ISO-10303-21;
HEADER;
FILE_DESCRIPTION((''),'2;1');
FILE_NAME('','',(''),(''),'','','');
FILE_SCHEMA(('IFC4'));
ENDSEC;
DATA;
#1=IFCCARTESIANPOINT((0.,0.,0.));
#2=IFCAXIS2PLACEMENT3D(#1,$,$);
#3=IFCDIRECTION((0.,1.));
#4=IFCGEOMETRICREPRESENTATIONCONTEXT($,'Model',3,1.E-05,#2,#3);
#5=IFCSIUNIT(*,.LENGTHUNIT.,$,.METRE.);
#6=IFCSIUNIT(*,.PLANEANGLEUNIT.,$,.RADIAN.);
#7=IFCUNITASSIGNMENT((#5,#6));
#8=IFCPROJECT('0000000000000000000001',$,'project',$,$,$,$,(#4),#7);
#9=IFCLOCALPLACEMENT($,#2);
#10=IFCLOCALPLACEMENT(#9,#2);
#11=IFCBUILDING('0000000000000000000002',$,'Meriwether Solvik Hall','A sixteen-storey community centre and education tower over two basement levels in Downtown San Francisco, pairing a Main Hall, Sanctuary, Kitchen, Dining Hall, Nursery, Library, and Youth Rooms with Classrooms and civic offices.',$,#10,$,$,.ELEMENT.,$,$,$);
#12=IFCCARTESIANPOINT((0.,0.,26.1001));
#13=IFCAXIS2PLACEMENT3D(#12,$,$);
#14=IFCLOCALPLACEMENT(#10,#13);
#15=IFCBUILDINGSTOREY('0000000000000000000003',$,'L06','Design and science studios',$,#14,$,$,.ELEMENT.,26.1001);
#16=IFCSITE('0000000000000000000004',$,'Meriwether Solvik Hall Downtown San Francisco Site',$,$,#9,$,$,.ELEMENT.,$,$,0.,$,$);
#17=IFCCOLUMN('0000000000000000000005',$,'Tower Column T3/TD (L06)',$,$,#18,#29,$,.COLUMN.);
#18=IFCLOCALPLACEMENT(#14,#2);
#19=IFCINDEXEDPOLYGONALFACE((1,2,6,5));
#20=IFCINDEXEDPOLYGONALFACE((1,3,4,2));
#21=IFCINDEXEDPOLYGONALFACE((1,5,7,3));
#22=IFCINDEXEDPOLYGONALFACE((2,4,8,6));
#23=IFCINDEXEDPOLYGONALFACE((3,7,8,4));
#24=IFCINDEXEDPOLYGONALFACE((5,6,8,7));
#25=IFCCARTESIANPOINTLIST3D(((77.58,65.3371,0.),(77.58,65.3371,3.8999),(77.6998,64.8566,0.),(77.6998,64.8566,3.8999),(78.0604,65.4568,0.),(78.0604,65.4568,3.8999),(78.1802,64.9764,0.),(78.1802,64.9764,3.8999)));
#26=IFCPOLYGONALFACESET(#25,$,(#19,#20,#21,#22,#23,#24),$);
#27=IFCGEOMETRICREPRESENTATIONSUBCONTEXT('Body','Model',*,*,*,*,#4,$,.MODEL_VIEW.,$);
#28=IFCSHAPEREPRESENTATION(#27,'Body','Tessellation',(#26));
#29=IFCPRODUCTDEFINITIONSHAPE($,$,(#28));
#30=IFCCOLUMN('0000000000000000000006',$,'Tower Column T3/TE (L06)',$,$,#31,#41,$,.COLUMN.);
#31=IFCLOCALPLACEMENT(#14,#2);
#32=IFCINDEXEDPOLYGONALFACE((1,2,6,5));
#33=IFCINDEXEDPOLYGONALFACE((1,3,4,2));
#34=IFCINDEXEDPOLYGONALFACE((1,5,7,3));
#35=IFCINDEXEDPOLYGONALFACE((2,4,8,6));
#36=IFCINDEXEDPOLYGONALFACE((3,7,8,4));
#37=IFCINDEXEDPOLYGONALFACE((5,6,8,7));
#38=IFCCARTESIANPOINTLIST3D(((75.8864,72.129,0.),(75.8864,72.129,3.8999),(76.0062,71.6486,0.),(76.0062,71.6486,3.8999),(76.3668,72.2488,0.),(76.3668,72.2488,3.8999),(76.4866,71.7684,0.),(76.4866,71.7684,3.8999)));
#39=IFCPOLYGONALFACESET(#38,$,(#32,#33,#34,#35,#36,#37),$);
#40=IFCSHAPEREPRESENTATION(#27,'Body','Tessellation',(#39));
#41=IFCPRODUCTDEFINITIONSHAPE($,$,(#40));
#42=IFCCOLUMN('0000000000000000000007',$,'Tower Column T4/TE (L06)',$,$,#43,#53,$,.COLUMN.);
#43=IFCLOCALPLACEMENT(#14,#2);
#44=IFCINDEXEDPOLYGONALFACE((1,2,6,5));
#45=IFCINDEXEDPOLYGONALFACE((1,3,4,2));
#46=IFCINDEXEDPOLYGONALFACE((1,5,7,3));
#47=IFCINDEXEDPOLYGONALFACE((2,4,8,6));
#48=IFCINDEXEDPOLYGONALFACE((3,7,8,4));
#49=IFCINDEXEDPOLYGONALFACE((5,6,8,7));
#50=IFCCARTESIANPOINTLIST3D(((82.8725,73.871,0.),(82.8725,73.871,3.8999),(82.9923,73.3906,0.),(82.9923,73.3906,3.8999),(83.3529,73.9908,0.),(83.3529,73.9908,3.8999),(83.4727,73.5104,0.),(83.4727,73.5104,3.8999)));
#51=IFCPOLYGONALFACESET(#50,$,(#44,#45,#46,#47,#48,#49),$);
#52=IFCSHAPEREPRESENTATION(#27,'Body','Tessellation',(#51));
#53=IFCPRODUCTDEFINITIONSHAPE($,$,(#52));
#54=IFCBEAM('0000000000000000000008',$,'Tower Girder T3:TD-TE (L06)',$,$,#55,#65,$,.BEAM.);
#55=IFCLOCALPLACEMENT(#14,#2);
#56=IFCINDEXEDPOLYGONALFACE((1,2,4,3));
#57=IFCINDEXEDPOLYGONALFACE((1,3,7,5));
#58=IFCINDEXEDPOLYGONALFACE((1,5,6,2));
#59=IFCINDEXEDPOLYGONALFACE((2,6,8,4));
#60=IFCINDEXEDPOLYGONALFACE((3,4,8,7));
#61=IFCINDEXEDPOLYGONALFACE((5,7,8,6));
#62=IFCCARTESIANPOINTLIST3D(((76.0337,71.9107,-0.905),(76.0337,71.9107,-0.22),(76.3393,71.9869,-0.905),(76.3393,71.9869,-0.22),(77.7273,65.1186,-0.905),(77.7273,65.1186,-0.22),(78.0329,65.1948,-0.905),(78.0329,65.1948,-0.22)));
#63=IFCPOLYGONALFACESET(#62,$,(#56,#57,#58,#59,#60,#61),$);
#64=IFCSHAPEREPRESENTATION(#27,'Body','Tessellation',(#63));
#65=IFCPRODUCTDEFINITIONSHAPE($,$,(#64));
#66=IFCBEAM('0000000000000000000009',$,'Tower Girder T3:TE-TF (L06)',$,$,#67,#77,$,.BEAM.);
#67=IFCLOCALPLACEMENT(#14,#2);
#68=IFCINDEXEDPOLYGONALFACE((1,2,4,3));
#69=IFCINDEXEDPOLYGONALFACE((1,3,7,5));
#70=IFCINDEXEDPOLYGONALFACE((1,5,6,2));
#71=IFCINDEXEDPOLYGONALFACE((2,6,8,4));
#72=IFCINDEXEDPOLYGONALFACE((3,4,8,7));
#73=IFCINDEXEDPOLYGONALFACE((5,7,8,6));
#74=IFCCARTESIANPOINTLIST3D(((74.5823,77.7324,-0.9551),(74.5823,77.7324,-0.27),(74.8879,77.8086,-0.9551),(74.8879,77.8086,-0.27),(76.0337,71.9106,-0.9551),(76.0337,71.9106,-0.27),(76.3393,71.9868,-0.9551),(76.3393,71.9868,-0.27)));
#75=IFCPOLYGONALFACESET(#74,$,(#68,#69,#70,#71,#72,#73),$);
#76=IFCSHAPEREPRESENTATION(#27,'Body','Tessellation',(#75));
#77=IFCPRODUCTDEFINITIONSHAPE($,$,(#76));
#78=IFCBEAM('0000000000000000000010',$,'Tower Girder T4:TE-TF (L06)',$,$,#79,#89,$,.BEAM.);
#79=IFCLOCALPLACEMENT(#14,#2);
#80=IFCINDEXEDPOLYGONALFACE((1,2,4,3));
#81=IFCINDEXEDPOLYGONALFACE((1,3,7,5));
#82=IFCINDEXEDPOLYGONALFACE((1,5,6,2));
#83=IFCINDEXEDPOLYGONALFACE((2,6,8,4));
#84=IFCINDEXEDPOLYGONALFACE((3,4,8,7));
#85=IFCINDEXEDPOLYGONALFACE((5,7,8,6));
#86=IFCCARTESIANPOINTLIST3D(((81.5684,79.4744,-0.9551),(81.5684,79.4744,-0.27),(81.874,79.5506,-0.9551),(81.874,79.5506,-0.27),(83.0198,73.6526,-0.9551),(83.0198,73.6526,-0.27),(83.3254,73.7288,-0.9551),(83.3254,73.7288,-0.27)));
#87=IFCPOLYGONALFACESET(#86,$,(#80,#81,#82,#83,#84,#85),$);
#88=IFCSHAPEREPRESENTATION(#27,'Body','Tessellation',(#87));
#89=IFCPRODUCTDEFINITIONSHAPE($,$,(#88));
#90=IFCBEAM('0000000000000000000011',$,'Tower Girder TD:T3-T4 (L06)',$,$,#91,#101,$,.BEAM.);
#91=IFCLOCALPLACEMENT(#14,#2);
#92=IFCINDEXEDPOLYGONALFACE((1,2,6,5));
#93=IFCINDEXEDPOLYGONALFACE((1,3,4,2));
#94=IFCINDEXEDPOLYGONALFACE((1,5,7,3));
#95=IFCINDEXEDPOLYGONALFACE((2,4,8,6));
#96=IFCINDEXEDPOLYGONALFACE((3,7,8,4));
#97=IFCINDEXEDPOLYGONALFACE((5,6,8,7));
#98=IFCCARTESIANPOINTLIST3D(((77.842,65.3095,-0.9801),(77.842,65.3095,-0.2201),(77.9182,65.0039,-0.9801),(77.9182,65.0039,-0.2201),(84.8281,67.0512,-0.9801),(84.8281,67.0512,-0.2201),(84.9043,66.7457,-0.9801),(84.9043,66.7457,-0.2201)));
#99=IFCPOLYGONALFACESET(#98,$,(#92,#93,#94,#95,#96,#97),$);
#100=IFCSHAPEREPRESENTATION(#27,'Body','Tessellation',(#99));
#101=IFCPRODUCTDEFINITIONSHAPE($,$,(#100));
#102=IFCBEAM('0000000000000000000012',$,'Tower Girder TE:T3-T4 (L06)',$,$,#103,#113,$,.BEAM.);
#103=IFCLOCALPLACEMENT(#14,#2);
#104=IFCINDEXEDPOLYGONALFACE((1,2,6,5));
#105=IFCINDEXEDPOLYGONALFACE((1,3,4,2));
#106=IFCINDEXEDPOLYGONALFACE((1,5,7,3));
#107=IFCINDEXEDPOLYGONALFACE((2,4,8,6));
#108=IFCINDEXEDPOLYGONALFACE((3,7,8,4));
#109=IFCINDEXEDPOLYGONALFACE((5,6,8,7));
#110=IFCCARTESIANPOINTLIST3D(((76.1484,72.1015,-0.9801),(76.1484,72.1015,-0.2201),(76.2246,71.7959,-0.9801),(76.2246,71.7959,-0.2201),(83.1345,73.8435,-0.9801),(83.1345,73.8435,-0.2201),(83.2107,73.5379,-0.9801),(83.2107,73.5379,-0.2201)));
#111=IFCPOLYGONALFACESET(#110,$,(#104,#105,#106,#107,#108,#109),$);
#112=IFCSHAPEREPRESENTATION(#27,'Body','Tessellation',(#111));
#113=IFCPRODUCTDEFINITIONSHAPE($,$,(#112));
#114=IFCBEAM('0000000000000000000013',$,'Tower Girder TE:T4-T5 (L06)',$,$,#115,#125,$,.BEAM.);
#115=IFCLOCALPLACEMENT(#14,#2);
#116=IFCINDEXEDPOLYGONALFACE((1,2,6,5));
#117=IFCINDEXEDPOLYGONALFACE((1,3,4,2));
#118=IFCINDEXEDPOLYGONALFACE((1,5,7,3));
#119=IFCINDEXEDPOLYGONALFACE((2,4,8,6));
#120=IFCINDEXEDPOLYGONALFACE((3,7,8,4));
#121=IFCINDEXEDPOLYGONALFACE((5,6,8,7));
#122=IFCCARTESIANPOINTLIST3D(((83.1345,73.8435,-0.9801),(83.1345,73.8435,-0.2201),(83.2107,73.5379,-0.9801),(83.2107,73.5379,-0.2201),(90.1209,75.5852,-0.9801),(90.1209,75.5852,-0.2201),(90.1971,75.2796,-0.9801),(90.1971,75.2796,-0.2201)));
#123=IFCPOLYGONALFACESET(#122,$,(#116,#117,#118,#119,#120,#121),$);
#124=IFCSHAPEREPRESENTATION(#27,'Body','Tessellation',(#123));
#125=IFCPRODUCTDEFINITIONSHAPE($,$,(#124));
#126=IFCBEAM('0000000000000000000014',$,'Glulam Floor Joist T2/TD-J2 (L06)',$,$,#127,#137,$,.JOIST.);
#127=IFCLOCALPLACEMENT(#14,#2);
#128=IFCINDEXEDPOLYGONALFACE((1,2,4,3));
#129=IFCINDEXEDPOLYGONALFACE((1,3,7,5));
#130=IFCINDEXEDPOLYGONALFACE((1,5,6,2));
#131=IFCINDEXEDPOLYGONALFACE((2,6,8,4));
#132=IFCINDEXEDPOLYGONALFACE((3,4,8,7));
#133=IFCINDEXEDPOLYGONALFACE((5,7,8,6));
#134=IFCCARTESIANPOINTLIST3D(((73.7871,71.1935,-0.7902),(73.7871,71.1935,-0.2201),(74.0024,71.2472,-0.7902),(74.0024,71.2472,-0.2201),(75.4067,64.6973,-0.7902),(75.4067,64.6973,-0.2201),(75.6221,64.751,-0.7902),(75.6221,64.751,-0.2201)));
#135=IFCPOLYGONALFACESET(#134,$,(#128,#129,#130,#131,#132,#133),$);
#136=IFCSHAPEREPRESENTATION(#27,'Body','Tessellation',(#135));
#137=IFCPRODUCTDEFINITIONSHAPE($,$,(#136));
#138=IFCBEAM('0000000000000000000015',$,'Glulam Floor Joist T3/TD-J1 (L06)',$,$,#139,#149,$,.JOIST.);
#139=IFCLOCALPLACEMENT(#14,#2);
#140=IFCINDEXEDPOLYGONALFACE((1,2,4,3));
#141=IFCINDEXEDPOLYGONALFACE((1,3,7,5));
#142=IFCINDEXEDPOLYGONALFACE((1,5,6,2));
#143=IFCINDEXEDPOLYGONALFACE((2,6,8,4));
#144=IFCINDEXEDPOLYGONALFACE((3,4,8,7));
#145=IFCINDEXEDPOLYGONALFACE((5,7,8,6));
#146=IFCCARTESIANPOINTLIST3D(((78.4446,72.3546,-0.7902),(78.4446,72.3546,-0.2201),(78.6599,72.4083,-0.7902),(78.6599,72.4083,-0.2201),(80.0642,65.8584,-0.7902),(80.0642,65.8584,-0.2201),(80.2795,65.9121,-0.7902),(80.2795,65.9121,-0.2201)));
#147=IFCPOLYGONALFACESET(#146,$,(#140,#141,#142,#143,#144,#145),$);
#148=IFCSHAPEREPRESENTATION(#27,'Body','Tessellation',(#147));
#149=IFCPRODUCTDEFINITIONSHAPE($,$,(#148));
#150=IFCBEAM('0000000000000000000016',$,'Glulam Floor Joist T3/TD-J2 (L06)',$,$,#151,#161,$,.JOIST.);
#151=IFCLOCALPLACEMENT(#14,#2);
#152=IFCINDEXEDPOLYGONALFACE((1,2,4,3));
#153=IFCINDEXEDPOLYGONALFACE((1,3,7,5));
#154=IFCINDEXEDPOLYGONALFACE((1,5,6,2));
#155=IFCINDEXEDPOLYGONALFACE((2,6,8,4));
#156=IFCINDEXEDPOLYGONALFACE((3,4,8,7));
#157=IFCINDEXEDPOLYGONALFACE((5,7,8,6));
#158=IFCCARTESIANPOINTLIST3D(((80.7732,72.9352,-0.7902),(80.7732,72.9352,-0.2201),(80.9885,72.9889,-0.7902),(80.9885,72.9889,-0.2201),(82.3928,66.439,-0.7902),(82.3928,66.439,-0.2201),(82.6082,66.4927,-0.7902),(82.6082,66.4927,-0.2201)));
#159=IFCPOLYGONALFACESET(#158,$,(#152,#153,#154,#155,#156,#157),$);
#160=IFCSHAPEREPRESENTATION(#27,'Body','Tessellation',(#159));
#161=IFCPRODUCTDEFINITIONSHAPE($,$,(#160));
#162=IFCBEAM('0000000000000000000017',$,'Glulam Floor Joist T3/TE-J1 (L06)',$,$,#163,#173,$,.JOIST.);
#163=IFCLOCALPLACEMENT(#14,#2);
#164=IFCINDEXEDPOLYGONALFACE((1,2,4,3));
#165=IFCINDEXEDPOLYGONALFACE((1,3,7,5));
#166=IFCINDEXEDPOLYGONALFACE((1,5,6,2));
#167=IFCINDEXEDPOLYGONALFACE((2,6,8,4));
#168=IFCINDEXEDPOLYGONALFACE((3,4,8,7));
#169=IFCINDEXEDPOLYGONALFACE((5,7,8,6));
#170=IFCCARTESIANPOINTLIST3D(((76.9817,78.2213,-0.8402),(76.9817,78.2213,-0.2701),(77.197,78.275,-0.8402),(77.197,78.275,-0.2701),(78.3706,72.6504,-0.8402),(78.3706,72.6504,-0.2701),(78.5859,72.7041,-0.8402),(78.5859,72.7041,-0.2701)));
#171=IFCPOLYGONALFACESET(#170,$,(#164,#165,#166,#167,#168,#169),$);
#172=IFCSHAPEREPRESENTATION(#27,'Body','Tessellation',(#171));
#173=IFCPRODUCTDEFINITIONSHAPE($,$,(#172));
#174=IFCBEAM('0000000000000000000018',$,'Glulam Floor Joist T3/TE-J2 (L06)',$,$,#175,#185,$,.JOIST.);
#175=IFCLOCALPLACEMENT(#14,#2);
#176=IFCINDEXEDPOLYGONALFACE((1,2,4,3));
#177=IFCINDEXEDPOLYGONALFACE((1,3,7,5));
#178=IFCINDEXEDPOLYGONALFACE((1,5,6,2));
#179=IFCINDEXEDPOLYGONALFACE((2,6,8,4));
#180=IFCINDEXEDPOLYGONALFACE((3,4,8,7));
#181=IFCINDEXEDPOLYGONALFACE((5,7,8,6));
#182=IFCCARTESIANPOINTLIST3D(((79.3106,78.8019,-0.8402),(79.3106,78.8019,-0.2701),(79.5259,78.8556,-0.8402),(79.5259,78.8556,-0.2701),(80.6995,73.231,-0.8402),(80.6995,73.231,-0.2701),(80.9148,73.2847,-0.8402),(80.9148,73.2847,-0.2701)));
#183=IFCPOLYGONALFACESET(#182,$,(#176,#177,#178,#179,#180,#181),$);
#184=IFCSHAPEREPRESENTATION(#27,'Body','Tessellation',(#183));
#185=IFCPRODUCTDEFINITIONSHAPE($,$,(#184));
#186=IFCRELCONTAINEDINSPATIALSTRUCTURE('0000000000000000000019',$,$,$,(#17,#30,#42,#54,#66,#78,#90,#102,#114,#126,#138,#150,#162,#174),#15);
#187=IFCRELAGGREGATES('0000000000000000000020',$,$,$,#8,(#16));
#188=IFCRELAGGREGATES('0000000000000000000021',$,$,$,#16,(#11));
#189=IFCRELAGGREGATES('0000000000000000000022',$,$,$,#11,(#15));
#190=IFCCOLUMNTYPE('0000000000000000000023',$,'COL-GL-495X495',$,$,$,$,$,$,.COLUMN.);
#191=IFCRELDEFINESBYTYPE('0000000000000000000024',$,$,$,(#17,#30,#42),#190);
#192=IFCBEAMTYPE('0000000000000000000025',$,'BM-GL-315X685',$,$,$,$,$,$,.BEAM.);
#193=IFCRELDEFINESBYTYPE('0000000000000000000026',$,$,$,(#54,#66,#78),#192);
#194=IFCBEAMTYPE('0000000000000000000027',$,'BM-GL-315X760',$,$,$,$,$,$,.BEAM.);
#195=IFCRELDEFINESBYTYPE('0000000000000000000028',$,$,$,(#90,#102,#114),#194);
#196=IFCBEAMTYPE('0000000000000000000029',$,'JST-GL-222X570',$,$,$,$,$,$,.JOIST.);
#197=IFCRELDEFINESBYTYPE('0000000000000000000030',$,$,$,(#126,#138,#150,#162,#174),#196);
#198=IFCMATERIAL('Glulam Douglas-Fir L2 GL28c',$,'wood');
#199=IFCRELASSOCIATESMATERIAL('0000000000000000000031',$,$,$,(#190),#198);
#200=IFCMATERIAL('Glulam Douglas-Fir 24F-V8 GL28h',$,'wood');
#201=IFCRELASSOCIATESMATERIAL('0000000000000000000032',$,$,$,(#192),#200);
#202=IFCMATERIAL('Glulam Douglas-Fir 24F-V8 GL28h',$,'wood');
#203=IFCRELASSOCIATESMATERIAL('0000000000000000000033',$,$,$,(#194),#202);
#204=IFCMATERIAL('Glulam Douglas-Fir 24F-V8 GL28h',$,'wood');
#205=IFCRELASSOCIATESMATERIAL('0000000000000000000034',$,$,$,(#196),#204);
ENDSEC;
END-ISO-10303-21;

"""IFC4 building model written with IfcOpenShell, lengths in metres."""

from ifc_helpers import new_model, si_unit, direction, frame, origin, origin_2d, place, context, subcontext, project, spatial, rectangle, extrude, material, material_profile, profile_set, type_object, element, save


model = new_model("IFC4")

# Units and contexts
model_context = context("Model", 3, precision=1e-05, world=origin(), true_north=direction((0.0, 1.0)))
body_context = subcontext(model_context, "Body", "Model", "MODEL_VIEW")
ifc_project = project(units=[si_unit("LENGTHUNIT", "METRE"), si_unit("PLANEANGLEUNIT", "RADIAN")], contexts=[model_context])

# Site, building, storey
site_placement = place(None, origin())
site = spatial("IfcSite", under=ifc_project, at=site_placement, Name="Meriwether Solvik Hall Downtown San Francisco Site", CompositionType="ELEMENT", RefElevation=0.0)
building_placement = place(site_placement, origin())
building = spatial("IfcBuilding", under=site, at=building_placement, Name="Meriwether Solvik Hall", Description="A sixteen-storey community centre and education tower over two basement levels in Downtown San Francisco, pairing a Main Hall, Sanctuary, Kitchen, Dining Hall, Nursery, Library, and Youth Rooms with Classrooms and civic offices.", CompositionType="ELEMENT")
storey_placement = place(building_placement, frame((0.0, 0.0, 26.1001)))
storey = spatial("IfcBuildingStorey", under=building, at=storey_placement, Name="L06", Description="Design and science studios", CompositionType="ELEMENT", Elevation=26.1001)

# Columns
ifc_material_1 = material(Name="Glulam Douglas-Fir L2 GL28c", Category="wood")
ifc_material_profile_1 = material_profile(ifc_material_1, rectangle(XDim=0.4951, YDim=0.4951, at=origin_2d()), Name="GLC-495X495")
ifc_profile_set_1 = profile_set([ifc_material_profile_1], Name="Glulam Douglas-Fir L2 GL28c")
column_type = type_object("IfcColumnType", Name="COL-GL-495X495", PredefinedType="COLUMN", material=ifc_profile_set_1)
for number, where, z_axis, x_axis, name in (
    (1, (77.8801, 65.1567, 0.0), (0.0, 0.0, 1.0), (0.970296, 0.241922, 0.0), "Tower Column T3/TD (L06)"),
    (2, (76.1865, 71.9487, 0.0), (0.0, 0.0, 1.0), (0.970296, 0.241922, 0.0), "Tower Column T3/TE (L06)"),
    (3, (83.1726, 73.6907, 0.0), (0.0, 0.0, 1.0), (0.970296, 0.241922, 0.0), "Tower Column T4/TE (L06)"),
):
    element("IfcColumn", number, at=place(storey_placement, frame(where, z_axis=z_axis, x_axis=x_axis)), inside=storey, type_object=column_type, Name=name, PredefinedType="COLUMN", context=body_context, shape_type="SweptSolid", body=[
        extrude(rectangle(XDim=0.4951, YDim=0.4951, at=origin_2d()), origin(), (0.0, 0.0, 1.0), 3.8999),
    ])

# Beams
ifc_material_2 = material(Name="Glulam Douglas-Fir 24F-V8 GL28h", Category="wood")
ifc_material_profile_2 = material_profile(ifc_material_2, rectangle(XDim=0.3149, YDim=0.6851, at=origin_2d()), Name="GLB-315X685")
ifc_profile_set_2 = profile_set([ifc_material_profile_2], Name="Glulam Douglas-Fir 24F-V8 GL28h")
beam_type_1 = type_object("IfcBeamType", Name="BM-GL-315X685", PredefinedType="BEAM", material=ifc_profile_set_2)
beam_1_placement = place(storey_placement, frame((77.8801, 65.1567, -0.5625), z_axis=(-0.241945, 0.97029, 0.0), x_axis=(-0.97029, -0.241945, 0.0)))
element("IfcBeam", 4, at=beam_1_placement, inside=storey, type_object=beam_type_1, Name="Tower Girder T3:TD-TE (L06)", PredefinedType="BEAM", context=body_context, shape_type="SweptSolid", body=[
    extrude(rectangle(XDim=0.3149, YDim=0.6851, at=origin_2d()), origin(), (0.0, 0.0, 1.0), 7.0),
])
for number, where, z_axis, x_axis, name in (
    (5, (76.1865, 71.9487, -0.6125), (-0.241904, 0.9703, 0.0), (-0.9703, -0.241904, 0.0), "Tower Girder T3:TE-TF (L06)"),
    (6, (83.1726, 73.6907, -0.6125), (-0.241904, 0.9703, 0.0), (-0.9703, -0.241904, 0.0), "Tower Girder T4:TE-TF (L06)"),
):
    element("IfcBeam", number, at=place(storey_placement, frame(where, z_axis=z_axis, x_axis=x_axis)), inside=storey, type_object=beam_type_1, Name=name, PredefinedType="BEAM", context=body_context, shape_type="SweptSolid", body=[
        extrude(rectangle(XDim=0.3149, YDim=0.6851, at=origin_2d()), origin(), (0.0, 0.0, 1.0), 6.0),
    ])
ifc_material_3 = material(Name="Glulam Douglas-Fir 24F-V8 GL28h", Category="wood")
ifc_material_profile_3 = material_profile(ifc_material_3, rectangle(XDim=0.3149, YDim=0.76, at=origin_2d()), Name="GLB-315X760")
ifc_profile_set_3 = profile_set([ifc_material_profile_3], Name="Glulam Douglas-Fir 24F-V8 GL28h")
beam_type_2 = type_object("IfcBeamType", Name="BM-GL-315X760", PredefinedType="BEAM", material=ifc_profile_set_3)
for number, where, z_axis, x_axis, name in (
    (7, (77.8801, 65.1567, -0.6001), (0.9703, 0.241905, 0.0), (-0.241905, 0.9703, 0.0), "Tower Girder TD:T3-T4 (L06)"),
    (8, (76.1865, 71.9487, -0.6001), (0.970292, 0.241937, 0.0), (-0.241937, 0.970292, 0.0), "Tower Girder TE:T3-T4 (L06)"),
):
    element("IfcBeam", number, at=place(storey_placement, frame(where, z_axis=z_axis, x_axis=x_axis)), inside=storey, type_object=beam_type_2, Name=name, PredefinedType="BEAM", context=body_context, shape_type="SweptSolid", body=[
        extrude(rectangle(XDim=0.3149, YDim=0.76, at=origin_2d()), origin(), (0.0, 0.0, 1.0), 7.2),
    ])
beam_2_placement = place(storey_placement, frame((83.1726, 73.6907, -0.6001), z_axis=(0.970302, 0.241897, 0.0), x_axis=(-0.241897, 0.970302, 0.0)))
element("IfcBeam", 9, at=beam_2_placement, inside=storey, type_object=beam_type_2, Name="Tower Girder TE:T4-T5 (L06)", PredefinedType="BEAM", context=body_context, shape_type="SweptSolid", body=[
    extrude(rectangle(XDim=0.3149, YDim=0.76, at=origin_2d()), origin(), (0.0, 0.0, 1.0), 7.2002),
])
ifc_material_4 = material(Name="Glulam Douglas-Fir 24F-V8 GL28h", Category="wood")
ifc_material_profile_4 = material_profile(ifc_material_4, rectangle(XDim=0.2219, YDim=0.5701, at=origin_2d()), Name="GLJ-222X570")
ifc_profile_set_4 = profile_set([ifc_material_profile_4], Name="Glulam Douglas-Fir 24F-V8 GL28h")
beam_type_3 = type_object("IfcBeamType", Name="JST-GL-222X570", PredefinedType="JOIST", material=ifc_profile_set_4)
for number, where, z_axis, x_axis, name in (
    (10, (75.5144, 64.7241, -0.5051), (-0.241918, 0.970297, 0.0), (-0.970297, -0.241918, 0.0), "Glulam Floor Joist T2/TD-J2 (L06)"),
    (11, (80.1719, 65.8853, -0.5051), (-0.241918, 0.970297, 0.0), (-0.970297, -0.241918, 0.0), "Glulam Floor Joist T3/TD-J1 (L06)"),
    (12, (82.5005, 66.4658, -0.5051), (-0.241918, 0.970297, 0.0), (-0.970297, -0.241918, 0.0), "Glulam Floor Joist T3/TD-J2 (L06)"),
):
    element("IfcBeam", number, at=place(storey_placement, frame(where, z_axis=z_axis, x_axis=x_axis)), inside=storey, type_object=beam_type_3, Name=name, PredefinedType="JOIST", context=body_context, shape_type="SweptSolid", body=[
        extrude(rectangle(XDim=0.2219, YDim=0.5701, at=origin_2d()), origin(), (0.0, 0.0, 1.0), 6.6951),
    ])
for number, where, z_axis, x_axis, name in (
    (13, (78.4783, 72.6772, -0.5552), (-0.241905, 0.9703, 0.0), (-0.9703, -0.241905, 0.0), "Glulam Floor Joist T3/TE-J1 (L06)"),
    (14, (80.8071, 73.2578, -0.5552), (-0.241905, 0.9703, 0.0), (-0.9703, -0.241905, 0.0), "Glulam Floor Joist T3/TE-J2 (L06)"),
):
    element("IfcBeam", number, at=place(storey_placement, frame(where, z_axis=z_axis, x_axis=x_axis)), inside=storey, type_object=beam_type_3, Name=name, PredefinedType="JOIST", context=body_context, shape_type="SweptSolid", body=[
        extrude(rectangle(XDim=0.2219, YDim=0.5701, at=origin_2d()), origin(), (0.0, 0.0, 1.0), 5.7415),
    ])

save(model, "model.ifc")
